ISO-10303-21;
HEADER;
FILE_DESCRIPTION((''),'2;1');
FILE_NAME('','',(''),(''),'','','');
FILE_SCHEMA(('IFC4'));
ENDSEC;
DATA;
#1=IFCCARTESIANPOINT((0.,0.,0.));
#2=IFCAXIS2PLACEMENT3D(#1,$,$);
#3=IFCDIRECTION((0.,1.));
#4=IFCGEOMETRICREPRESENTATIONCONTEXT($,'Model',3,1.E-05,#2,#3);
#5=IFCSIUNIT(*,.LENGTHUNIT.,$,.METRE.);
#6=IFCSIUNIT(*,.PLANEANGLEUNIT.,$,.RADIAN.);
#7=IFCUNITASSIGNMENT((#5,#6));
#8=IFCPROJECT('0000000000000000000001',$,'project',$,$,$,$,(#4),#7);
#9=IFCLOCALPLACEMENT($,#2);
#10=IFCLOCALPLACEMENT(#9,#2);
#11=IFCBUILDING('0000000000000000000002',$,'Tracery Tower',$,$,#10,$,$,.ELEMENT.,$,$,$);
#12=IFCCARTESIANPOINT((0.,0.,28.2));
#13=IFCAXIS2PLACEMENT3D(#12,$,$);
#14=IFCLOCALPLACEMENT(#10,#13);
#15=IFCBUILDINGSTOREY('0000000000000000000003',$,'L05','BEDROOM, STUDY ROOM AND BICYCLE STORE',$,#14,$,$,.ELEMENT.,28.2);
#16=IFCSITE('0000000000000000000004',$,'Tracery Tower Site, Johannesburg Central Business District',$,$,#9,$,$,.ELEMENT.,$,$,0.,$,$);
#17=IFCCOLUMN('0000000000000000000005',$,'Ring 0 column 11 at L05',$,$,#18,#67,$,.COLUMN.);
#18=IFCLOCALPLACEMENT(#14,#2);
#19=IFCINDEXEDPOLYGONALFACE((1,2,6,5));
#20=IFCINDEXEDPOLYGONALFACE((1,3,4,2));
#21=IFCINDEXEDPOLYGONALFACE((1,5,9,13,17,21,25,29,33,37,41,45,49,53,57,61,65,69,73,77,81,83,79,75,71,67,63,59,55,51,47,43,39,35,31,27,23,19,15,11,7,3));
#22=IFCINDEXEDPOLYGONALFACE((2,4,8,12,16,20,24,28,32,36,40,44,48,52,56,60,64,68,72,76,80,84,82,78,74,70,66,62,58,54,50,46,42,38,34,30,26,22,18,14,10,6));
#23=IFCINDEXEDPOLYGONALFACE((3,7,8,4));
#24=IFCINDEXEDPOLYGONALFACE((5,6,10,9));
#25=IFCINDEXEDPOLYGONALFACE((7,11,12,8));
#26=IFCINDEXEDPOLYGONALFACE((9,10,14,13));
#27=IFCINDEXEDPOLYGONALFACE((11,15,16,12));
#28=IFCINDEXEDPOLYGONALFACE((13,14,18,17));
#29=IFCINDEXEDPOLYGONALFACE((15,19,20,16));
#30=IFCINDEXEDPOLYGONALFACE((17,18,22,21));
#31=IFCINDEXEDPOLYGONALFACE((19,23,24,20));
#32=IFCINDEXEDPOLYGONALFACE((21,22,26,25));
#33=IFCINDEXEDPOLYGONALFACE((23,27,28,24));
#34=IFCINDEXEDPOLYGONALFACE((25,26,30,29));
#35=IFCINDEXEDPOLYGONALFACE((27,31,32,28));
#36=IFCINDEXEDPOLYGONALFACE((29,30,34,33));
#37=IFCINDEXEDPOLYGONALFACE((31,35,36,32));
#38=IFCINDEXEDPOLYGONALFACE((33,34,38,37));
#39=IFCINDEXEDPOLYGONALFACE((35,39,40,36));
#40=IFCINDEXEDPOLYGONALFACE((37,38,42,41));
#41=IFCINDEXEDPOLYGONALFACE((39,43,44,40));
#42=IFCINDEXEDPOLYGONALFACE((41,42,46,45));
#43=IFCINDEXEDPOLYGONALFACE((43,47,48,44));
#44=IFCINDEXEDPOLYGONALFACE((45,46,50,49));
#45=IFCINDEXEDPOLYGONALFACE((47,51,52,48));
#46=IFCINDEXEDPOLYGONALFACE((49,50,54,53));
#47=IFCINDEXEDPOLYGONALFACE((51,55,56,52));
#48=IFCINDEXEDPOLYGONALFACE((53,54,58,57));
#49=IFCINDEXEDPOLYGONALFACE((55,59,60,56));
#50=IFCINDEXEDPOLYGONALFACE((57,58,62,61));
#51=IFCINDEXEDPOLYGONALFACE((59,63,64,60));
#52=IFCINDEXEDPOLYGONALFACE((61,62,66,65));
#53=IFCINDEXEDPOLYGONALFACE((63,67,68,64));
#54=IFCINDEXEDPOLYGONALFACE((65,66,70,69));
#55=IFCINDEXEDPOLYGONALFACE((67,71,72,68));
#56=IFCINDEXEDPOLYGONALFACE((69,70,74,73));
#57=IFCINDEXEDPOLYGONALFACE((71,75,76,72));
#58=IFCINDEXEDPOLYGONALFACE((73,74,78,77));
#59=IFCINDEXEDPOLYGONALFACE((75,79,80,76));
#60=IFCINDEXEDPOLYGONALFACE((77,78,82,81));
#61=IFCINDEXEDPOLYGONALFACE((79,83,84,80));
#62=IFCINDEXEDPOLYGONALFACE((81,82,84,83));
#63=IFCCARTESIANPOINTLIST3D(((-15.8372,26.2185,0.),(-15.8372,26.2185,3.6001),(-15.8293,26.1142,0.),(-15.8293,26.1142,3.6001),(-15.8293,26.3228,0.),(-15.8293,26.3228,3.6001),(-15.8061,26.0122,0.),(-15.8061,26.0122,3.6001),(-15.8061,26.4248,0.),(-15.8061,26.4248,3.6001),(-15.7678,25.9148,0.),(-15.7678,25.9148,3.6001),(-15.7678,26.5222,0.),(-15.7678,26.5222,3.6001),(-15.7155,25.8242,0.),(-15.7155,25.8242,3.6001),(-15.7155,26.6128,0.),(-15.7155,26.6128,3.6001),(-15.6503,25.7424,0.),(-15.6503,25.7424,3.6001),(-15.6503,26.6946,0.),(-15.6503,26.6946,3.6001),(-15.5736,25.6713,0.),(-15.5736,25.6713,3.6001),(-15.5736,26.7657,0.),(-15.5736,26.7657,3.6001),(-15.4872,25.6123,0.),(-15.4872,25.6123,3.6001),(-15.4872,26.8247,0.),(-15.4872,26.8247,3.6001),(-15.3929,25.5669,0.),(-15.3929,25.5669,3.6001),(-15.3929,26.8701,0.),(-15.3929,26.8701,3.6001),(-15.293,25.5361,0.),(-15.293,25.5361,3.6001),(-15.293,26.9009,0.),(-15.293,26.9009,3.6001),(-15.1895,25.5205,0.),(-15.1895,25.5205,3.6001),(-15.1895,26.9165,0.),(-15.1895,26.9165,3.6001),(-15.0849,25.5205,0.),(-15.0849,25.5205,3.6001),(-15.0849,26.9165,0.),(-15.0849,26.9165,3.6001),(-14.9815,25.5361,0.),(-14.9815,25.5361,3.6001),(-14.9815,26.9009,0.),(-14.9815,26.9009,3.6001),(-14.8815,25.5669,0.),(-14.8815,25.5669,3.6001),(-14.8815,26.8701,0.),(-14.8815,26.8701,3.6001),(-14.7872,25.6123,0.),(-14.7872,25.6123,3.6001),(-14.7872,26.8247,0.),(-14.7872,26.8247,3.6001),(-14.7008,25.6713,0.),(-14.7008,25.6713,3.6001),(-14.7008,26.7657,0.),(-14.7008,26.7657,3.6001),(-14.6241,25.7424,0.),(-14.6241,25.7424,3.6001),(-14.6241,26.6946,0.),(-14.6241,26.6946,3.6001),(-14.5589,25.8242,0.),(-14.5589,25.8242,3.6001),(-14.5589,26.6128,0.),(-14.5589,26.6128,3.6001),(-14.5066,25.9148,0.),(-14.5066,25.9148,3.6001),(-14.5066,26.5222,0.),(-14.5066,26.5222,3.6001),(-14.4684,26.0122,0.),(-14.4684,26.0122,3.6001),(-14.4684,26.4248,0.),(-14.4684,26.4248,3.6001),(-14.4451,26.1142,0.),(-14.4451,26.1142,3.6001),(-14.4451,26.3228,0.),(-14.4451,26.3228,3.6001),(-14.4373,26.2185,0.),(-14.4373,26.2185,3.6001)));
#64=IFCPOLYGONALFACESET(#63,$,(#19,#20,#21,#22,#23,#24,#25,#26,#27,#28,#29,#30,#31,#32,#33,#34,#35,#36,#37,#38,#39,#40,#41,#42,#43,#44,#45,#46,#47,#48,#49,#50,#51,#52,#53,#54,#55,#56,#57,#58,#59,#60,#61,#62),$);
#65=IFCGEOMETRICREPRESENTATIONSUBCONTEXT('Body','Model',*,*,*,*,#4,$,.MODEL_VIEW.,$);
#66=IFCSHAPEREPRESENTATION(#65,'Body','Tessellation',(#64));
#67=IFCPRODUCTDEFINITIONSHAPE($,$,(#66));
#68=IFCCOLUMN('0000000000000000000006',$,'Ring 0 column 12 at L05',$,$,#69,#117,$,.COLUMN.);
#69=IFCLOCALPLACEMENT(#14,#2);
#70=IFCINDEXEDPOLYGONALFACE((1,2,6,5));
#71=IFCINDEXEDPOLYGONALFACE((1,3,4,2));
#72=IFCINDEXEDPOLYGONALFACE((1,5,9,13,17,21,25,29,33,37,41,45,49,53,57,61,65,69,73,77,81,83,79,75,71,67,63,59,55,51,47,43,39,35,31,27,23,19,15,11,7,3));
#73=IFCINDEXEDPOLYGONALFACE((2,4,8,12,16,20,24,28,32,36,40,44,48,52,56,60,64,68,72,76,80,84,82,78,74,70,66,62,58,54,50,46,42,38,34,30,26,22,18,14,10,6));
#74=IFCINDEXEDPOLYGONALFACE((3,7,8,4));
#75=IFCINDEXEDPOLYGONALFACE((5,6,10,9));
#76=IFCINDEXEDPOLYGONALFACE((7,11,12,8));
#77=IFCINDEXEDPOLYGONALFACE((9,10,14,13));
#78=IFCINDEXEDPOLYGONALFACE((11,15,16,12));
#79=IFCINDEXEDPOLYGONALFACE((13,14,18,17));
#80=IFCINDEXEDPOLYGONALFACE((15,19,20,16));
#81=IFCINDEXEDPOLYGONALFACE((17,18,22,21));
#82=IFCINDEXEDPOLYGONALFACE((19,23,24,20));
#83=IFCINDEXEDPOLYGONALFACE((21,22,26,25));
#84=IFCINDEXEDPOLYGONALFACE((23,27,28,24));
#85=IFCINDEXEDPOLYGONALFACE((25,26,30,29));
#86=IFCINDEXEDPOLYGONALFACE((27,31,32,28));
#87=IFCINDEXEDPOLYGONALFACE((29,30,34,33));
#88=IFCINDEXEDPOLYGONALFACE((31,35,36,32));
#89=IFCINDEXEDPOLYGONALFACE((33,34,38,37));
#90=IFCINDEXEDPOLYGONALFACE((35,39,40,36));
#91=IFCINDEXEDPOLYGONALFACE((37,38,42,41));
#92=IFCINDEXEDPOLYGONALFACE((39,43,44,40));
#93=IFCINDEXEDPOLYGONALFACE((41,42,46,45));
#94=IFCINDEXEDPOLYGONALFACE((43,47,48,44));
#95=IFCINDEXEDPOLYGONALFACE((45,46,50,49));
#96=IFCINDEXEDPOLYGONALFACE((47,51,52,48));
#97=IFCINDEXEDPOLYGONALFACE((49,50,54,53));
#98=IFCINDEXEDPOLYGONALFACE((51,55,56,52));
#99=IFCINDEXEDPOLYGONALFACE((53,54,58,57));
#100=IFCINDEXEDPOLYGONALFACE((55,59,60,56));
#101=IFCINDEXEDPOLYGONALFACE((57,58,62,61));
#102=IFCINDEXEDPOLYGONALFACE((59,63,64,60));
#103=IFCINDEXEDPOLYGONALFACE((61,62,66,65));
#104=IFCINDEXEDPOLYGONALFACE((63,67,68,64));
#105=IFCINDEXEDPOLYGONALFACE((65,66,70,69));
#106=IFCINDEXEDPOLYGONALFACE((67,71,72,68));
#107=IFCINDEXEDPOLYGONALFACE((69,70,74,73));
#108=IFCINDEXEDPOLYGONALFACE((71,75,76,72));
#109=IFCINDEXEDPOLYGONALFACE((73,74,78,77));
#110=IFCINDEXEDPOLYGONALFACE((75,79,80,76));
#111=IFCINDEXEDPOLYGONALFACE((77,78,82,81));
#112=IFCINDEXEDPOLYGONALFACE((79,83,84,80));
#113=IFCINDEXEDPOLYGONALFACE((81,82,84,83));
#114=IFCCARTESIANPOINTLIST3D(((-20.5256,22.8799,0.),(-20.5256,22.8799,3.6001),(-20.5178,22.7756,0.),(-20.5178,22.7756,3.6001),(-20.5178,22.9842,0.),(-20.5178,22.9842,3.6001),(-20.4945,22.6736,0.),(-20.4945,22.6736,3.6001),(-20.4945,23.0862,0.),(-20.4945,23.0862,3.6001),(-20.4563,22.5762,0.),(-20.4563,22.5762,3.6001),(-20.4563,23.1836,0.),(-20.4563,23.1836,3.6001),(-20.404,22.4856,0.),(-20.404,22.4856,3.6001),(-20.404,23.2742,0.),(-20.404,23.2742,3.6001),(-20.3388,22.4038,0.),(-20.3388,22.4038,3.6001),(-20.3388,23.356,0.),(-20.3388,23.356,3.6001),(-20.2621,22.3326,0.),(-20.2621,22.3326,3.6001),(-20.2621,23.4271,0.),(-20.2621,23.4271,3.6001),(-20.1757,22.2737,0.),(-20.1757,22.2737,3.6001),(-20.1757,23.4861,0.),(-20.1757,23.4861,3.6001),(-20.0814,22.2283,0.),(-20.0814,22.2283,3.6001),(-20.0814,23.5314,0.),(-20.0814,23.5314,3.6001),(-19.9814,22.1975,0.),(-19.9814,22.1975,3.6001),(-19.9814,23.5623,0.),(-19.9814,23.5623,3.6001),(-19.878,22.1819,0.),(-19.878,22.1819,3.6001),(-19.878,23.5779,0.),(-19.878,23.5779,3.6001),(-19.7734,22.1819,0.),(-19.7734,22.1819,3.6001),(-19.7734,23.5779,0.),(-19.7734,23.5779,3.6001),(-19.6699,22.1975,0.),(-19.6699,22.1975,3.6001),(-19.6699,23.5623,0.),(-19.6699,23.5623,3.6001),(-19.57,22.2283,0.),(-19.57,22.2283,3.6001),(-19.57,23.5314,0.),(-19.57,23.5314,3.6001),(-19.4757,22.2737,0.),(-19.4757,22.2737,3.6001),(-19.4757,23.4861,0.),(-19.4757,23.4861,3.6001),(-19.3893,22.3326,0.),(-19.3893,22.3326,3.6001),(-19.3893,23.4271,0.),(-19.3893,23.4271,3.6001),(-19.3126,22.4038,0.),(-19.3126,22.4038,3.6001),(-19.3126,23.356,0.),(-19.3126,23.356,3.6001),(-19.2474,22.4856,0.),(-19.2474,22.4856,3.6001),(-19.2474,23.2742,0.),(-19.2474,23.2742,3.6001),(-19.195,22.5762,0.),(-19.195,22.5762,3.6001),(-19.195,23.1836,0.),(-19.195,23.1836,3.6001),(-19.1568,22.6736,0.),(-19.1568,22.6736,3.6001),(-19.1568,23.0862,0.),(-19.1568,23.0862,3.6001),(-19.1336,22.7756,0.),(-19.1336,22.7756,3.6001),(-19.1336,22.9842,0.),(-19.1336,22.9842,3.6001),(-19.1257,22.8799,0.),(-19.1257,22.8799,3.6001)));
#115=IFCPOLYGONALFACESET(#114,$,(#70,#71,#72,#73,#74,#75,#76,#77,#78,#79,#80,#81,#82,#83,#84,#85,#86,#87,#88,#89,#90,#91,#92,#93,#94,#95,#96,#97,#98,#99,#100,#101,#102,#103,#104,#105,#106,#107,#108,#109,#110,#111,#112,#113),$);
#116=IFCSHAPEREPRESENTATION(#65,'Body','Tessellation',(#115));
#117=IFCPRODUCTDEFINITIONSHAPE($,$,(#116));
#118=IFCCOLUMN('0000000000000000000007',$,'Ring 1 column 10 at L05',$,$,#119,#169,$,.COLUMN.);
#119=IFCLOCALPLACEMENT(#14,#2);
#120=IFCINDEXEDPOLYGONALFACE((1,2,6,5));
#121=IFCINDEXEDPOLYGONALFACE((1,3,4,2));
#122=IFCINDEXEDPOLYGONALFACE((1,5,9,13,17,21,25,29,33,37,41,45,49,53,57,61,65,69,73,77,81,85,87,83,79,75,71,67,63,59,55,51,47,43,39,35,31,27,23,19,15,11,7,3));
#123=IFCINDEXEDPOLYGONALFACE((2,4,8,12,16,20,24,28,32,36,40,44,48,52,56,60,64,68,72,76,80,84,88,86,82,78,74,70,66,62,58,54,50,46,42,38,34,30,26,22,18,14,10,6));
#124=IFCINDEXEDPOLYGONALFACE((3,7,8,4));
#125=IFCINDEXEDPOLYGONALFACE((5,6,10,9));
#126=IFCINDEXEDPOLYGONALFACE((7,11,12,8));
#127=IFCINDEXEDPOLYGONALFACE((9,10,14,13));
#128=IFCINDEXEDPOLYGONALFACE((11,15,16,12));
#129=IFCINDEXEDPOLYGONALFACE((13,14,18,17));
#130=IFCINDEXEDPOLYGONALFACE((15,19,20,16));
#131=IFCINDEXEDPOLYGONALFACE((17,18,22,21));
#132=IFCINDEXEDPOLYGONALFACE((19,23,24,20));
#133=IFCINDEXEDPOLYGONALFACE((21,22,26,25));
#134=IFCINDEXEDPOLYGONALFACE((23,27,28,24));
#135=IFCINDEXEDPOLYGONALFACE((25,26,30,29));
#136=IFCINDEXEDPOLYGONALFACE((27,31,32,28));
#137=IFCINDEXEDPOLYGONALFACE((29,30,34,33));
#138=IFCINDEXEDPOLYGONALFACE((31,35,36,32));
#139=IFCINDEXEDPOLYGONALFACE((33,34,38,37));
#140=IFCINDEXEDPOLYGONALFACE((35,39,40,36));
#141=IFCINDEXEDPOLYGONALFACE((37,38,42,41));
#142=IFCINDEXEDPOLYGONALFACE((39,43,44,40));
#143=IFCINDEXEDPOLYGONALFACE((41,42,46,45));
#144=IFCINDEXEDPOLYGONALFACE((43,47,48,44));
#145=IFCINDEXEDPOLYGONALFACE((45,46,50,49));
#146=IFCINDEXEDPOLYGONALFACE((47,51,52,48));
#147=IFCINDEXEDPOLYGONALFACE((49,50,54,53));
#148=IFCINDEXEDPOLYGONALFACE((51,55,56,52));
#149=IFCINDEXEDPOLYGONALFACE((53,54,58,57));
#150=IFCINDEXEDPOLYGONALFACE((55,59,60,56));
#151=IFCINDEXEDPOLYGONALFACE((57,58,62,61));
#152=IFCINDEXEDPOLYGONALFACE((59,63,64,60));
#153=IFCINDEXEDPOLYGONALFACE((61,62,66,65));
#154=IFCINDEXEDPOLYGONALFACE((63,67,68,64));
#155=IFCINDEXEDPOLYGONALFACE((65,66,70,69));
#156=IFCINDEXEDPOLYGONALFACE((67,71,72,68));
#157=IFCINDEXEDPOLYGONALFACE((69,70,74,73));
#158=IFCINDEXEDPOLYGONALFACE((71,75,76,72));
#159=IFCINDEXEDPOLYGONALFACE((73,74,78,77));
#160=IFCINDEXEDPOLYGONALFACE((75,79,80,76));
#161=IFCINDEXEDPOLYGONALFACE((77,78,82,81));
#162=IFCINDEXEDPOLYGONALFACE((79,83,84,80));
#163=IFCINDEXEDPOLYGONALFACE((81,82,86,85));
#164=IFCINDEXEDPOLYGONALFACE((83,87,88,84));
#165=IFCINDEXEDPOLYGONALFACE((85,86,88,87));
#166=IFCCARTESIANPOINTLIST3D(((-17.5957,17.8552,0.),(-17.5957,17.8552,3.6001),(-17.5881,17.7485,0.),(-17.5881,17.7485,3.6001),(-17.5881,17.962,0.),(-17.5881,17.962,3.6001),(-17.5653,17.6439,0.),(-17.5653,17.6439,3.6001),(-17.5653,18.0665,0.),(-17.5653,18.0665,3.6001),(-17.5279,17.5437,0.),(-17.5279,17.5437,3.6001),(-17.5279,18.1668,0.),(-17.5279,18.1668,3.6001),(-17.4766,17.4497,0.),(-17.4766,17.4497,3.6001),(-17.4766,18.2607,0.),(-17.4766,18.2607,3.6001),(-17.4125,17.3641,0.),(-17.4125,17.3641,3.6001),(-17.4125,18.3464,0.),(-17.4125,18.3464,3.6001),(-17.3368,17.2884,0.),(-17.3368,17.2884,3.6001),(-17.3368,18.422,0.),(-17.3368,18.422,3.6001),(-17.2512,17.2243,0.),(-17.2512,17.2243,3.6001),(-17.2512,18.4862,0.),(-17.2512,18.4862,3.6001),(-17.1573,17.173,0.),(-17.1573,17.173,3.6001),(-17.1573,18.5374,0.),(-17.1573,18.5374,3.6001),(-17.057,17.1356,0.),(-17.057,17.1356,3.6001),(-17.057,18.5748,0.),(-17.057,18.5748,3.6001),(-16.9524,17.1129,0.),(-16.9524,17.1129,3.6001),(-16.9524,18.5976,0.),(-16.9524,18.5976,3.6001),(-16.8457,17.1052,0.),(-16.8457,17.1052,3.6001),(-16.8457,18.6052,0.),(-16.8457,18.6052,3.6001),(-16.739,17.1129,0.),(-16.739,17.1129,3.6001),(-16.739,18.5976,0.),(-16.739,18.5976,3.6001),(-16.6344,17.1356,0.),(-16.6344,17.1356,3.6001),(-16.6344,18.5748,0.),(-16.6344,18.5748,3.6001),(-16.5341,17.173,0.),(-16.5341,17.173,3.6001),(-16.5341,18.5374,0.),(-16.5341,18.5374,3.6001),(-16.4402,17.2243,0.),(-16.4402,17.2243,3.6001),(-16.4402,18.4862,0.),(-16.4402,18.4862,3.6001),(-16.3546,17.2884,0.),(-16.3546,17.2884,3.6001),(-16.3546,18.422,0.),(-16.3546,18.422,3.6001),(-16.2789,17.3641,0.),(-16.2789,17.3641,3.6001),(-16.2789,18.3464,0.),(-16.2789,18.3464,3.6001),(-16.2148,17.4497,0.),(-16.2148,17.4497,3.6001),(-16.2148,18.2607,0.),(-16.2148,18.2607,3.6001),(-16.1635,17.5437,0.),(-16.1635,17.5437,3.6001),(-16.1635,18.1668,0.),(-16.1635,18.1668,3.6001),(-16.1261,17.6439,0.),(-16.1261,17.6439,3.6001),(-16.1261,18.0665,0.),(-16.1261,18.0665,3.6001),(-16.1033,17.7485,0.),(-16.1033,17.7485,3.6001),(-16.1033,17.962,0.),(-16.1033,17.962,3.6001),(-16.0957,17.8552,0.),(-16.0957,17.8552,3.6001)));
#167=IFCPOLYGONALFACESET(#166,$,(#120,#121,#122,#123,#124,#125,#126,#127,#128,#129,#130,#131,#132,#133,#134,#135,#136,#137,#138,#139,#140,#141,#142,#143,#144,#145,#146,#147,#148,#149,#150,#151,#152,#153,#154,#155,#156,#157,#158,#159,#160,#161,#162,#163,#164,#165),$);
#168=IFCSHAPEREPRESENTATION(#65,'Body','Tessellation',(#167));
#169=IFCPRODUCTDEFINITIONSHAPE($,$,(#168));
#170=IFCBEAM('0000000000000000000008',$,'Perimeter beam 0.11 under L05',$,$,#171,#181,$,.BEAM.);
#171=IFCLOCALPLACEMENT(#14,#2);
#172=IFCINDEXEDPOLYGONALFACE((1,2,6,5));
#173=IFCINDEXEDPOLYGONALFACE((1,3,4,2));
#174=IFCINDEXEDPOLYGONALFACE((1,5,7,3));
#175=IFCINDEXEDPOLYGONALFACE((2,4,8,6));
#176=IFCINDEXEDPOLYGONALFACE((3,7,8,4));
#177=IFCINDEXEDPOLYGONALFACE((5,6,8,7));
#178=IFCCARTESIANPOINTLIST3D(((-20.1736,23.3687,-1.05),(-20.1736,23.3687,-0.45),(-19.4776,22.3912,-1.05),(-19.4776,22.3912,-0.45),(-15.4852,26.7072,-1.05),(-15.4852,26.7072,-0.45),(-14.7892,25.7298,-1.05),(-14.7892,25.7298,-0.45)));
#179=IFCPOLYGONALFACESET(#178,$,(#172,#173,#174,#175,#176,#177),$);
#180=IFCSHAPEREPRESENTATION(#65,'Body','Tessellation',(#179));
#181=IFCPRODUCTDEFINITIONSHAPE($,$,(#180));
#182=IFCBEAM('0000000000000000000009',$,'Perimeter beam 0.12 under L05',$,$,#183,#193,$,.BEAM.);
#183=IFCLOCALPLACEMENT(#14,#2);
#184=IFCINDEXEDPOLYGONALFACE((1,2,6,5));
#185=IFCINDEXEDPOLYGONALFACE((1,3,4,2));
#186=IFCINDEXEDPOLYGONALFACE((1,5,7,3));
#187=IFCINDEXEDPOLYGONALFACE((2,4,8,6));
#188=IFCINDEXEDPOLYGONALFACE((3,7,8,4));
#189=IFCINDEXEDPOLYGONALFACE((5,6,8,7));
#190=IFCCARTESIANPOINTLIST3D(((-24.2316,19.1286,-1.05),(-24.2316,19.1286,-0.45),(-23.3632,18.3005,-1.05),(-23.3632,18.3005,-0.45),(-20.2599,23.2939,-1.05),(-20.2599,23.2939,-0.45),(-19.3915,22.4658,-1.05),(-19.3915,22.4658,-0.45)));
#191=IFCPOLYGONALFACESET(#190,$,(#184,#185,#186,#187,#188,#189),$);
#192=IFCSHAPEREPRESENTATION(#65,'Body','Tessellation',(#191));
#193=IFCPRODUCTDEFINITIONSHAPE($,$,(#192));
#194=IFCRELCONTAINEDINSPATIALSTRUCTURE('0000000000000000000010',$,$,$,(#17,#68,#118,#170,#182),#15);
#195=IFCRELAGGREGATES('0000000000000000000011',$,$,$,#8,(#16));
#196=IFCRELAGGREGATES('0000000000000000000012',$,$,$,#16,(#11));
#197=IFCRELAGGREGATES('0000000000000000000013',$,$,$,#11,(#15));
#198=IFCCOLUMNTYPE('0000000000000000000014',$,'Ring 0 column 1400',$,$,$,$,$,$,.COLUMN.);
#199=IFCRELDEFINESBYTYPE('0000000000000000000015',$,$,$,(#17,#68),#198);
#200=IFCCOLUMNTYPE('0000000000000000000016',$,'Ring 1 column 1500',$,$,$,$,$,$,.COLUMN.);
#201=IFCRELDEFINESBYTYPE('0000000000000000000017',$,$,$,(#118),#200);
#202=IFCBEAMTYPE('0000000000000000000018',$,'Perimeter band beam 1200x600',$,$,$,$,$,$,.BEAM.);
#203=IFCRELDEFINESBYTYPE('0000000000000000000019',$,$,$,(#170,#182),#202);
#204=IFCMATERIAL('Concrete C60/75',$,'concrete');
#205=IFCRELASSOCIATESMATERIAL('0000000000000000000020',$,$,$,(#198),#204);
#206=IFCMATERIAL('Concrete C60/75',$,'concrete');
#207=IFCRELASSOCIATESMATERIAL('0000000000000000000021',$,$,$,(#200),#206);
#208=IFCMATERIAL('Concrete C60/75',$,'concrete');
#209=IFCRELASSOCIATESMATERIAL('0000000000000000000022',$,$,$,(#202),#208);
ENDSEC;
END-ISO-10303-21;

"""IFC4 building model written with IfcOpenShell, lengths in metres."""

from ifc_helpers import new_model, si_unit, direction, frame, origin, origin_2d, place, context, subcontext, project, spatial, rectangle, circle, extrude, material, material_profile, profile_set, type_object, element, save


model = new_model("IFC4")

# Units and contexts
model_context = context("Model", 3, precision=1e-05, world=origin(), true_north=direction((0.0, 1.0)))
body_context = subcontext(model_context, "Body", "Model", "MODEL_VIEW")
ifc_project = project(units=[si_unit("LENGTHUNIT", "METRE"), si_unit("PLANEANGLEUNIT", "RADIAN")], contexts=[model_context])

# Site, building, storey
site_placement = place(None, origin())
site = spatial("IfcSite", under=ifc_project, at=site_placement, Name="Tracery Tower Site, Johannesburg Central Business District", CompositionType="ELEMENT", RefElevation=0.0)
building_placement = place(site_placement, origin())
building = spatial("IfcBuilding", under=site, at=building_placement, Name="Tracery Tower", CompositionType="ELEMENT")
storey_placement = place(building_placement, frame((0.0, 0.0, 28.2)))
storey = spatial("IfcBuildingStorey", under=building, at=storey_placement, Name="L05", Description="BEDROOM, STUDY ROOM AND BICYCLE STORE", CompositionType="ELEMENT", Elevation=28.2)

# Columns
ifc_material_1 = material(Name="Concrete C60/75", Category="concrete")
ifc_material_profile_1 = material_profile(ifc_material_1, circle(Radius=0.7, at=origin_2d()), Name="RC D1400")
ifc_profile_set_1 = profile_set([ifc_material_profile_1], Name="Concrete C60/75")
column_type_1 = type_object("IfcColumnType", Name="Ring 0 column 1400", PredefinedType="COLUMN", material=ifc_profile_set_1)
for number, where, z_axis, x_axis, name in (
    (1, (-15.1372, 26.2185, 0.0), (0.0, 0.0, 1.0), (1.0, 0.0, 0.0), "Ring 0 column 11 at L05"),
    (2, (-19.8257, 22.8799, 0.0), (0.0, 0.0, 1.0), (1.0, 0.0, 0.0), "Ring 0 column 12 at L05"),
):
    element("IfcColumn", number, at=place(storey_placement, frame(where, z_axis=z_axis, x_axis=x_axis)), inside=storey, type_object=column_type_1, Name=name, PredefinedType="COLUMN", context=body_context, shape_type="SweptSolid", body=[
        extrude(circle(Radius=0.7, at=origin_2d()), origin(), (0.0, 0.0, 1.0), 3.6001),
    ])
ifc_material_2 = material(Name="Concrete C60/75", Category="concrete")
ifc_material_profile_2 = material_profile(ifc_material_2, circle(Radius=0.75, at=origin_2d()), Name="RC D1500")
ifc_profile_set_2 = profile_set([ifc_material_profile_2], Name="Concrete C60/75")
column_type_2 = type_object("IfcColumnType", Name="Ring 1 column 1500", PredefinedType="COLUMN", material=ifc_profile_set_2)
column_placement = place(storey_placement, frame((-16.8457, 17.8552, 0.0), z_axis=(0.0, 0.0, 1.0), x_axis=(1.0, 0.0, 0.0)))
element("IfcColumn", 3, at=column_placement, inside=storey, type_object=column_type_2, Name="Ring 1 column 10 at L05", PredefinedType="COLUMN", context=body_context, shape_type="SweptSolid", body=[
    extrude(circle(Radius=0.75, at=origin_2d()), origin(), (0.0, 0.0, 1.0), 3.6001),
])

# Beams
ifc_material_3 = material(Name="Concrete C60/75", Category="concrete")
ifc_material_profile_3 = material_profile(ifc_material_3, rectangle(XDim=1.2, YDim=0.6001, at=origin_2d()), Name="RC 1200x600")
ifc_profile_set_3 = profile_set([ifc_material_profile_3], Name="Concrete C60/75")
beam_type = type_object("IfcBeamType", Name="Perimeter band beam 1200x600", PredefinedType="BEAM", material=ifc_profile_set_3)
beam_1_placement = place(storey_placement, frame((-15.1372, 26.2185, -0.75), z_axis=(-0.814578, -0.580054, 0.0), x_axis=(0.580054, -0.814578, 0.0)))
element("IfcBeam", 4, at=beam_1_placement, inside=storey, type_object=beam_type, Name="Perimeter beam 0.11 under L05", PredefinedType="BEAM", context=body_context, shape_type="SweptSolid", body=[
    extrude(rectangle(XDim=1.2, YDim=0.6001, at=origin_2d()), origin(), (0.0, 0.0, 1.0), 5.7556),
])
beam_2_placement = place(storey_placement, frame((-19.8257, 22.8799, -0.75), z_axis=(-0.690087, -0.723726, 0.0), x_axis=(0.723726, -0.690087, 0.0)))
element("IfcBeam", 5, at=beam_2_placement, inside=storey, type_object=beam_type, Name="Perimeter beam 0.12 under L05", PredefinedType="BEAM", context=body_context, shape_type="SweptSolid", body=[
    extrude(rectangle(XDim=1.2, YDim=0.6001, at=origin_2d()), origin(), (0.0, 0.0, 1.0), 5.7554),
])

save(model, "model.ifc")
